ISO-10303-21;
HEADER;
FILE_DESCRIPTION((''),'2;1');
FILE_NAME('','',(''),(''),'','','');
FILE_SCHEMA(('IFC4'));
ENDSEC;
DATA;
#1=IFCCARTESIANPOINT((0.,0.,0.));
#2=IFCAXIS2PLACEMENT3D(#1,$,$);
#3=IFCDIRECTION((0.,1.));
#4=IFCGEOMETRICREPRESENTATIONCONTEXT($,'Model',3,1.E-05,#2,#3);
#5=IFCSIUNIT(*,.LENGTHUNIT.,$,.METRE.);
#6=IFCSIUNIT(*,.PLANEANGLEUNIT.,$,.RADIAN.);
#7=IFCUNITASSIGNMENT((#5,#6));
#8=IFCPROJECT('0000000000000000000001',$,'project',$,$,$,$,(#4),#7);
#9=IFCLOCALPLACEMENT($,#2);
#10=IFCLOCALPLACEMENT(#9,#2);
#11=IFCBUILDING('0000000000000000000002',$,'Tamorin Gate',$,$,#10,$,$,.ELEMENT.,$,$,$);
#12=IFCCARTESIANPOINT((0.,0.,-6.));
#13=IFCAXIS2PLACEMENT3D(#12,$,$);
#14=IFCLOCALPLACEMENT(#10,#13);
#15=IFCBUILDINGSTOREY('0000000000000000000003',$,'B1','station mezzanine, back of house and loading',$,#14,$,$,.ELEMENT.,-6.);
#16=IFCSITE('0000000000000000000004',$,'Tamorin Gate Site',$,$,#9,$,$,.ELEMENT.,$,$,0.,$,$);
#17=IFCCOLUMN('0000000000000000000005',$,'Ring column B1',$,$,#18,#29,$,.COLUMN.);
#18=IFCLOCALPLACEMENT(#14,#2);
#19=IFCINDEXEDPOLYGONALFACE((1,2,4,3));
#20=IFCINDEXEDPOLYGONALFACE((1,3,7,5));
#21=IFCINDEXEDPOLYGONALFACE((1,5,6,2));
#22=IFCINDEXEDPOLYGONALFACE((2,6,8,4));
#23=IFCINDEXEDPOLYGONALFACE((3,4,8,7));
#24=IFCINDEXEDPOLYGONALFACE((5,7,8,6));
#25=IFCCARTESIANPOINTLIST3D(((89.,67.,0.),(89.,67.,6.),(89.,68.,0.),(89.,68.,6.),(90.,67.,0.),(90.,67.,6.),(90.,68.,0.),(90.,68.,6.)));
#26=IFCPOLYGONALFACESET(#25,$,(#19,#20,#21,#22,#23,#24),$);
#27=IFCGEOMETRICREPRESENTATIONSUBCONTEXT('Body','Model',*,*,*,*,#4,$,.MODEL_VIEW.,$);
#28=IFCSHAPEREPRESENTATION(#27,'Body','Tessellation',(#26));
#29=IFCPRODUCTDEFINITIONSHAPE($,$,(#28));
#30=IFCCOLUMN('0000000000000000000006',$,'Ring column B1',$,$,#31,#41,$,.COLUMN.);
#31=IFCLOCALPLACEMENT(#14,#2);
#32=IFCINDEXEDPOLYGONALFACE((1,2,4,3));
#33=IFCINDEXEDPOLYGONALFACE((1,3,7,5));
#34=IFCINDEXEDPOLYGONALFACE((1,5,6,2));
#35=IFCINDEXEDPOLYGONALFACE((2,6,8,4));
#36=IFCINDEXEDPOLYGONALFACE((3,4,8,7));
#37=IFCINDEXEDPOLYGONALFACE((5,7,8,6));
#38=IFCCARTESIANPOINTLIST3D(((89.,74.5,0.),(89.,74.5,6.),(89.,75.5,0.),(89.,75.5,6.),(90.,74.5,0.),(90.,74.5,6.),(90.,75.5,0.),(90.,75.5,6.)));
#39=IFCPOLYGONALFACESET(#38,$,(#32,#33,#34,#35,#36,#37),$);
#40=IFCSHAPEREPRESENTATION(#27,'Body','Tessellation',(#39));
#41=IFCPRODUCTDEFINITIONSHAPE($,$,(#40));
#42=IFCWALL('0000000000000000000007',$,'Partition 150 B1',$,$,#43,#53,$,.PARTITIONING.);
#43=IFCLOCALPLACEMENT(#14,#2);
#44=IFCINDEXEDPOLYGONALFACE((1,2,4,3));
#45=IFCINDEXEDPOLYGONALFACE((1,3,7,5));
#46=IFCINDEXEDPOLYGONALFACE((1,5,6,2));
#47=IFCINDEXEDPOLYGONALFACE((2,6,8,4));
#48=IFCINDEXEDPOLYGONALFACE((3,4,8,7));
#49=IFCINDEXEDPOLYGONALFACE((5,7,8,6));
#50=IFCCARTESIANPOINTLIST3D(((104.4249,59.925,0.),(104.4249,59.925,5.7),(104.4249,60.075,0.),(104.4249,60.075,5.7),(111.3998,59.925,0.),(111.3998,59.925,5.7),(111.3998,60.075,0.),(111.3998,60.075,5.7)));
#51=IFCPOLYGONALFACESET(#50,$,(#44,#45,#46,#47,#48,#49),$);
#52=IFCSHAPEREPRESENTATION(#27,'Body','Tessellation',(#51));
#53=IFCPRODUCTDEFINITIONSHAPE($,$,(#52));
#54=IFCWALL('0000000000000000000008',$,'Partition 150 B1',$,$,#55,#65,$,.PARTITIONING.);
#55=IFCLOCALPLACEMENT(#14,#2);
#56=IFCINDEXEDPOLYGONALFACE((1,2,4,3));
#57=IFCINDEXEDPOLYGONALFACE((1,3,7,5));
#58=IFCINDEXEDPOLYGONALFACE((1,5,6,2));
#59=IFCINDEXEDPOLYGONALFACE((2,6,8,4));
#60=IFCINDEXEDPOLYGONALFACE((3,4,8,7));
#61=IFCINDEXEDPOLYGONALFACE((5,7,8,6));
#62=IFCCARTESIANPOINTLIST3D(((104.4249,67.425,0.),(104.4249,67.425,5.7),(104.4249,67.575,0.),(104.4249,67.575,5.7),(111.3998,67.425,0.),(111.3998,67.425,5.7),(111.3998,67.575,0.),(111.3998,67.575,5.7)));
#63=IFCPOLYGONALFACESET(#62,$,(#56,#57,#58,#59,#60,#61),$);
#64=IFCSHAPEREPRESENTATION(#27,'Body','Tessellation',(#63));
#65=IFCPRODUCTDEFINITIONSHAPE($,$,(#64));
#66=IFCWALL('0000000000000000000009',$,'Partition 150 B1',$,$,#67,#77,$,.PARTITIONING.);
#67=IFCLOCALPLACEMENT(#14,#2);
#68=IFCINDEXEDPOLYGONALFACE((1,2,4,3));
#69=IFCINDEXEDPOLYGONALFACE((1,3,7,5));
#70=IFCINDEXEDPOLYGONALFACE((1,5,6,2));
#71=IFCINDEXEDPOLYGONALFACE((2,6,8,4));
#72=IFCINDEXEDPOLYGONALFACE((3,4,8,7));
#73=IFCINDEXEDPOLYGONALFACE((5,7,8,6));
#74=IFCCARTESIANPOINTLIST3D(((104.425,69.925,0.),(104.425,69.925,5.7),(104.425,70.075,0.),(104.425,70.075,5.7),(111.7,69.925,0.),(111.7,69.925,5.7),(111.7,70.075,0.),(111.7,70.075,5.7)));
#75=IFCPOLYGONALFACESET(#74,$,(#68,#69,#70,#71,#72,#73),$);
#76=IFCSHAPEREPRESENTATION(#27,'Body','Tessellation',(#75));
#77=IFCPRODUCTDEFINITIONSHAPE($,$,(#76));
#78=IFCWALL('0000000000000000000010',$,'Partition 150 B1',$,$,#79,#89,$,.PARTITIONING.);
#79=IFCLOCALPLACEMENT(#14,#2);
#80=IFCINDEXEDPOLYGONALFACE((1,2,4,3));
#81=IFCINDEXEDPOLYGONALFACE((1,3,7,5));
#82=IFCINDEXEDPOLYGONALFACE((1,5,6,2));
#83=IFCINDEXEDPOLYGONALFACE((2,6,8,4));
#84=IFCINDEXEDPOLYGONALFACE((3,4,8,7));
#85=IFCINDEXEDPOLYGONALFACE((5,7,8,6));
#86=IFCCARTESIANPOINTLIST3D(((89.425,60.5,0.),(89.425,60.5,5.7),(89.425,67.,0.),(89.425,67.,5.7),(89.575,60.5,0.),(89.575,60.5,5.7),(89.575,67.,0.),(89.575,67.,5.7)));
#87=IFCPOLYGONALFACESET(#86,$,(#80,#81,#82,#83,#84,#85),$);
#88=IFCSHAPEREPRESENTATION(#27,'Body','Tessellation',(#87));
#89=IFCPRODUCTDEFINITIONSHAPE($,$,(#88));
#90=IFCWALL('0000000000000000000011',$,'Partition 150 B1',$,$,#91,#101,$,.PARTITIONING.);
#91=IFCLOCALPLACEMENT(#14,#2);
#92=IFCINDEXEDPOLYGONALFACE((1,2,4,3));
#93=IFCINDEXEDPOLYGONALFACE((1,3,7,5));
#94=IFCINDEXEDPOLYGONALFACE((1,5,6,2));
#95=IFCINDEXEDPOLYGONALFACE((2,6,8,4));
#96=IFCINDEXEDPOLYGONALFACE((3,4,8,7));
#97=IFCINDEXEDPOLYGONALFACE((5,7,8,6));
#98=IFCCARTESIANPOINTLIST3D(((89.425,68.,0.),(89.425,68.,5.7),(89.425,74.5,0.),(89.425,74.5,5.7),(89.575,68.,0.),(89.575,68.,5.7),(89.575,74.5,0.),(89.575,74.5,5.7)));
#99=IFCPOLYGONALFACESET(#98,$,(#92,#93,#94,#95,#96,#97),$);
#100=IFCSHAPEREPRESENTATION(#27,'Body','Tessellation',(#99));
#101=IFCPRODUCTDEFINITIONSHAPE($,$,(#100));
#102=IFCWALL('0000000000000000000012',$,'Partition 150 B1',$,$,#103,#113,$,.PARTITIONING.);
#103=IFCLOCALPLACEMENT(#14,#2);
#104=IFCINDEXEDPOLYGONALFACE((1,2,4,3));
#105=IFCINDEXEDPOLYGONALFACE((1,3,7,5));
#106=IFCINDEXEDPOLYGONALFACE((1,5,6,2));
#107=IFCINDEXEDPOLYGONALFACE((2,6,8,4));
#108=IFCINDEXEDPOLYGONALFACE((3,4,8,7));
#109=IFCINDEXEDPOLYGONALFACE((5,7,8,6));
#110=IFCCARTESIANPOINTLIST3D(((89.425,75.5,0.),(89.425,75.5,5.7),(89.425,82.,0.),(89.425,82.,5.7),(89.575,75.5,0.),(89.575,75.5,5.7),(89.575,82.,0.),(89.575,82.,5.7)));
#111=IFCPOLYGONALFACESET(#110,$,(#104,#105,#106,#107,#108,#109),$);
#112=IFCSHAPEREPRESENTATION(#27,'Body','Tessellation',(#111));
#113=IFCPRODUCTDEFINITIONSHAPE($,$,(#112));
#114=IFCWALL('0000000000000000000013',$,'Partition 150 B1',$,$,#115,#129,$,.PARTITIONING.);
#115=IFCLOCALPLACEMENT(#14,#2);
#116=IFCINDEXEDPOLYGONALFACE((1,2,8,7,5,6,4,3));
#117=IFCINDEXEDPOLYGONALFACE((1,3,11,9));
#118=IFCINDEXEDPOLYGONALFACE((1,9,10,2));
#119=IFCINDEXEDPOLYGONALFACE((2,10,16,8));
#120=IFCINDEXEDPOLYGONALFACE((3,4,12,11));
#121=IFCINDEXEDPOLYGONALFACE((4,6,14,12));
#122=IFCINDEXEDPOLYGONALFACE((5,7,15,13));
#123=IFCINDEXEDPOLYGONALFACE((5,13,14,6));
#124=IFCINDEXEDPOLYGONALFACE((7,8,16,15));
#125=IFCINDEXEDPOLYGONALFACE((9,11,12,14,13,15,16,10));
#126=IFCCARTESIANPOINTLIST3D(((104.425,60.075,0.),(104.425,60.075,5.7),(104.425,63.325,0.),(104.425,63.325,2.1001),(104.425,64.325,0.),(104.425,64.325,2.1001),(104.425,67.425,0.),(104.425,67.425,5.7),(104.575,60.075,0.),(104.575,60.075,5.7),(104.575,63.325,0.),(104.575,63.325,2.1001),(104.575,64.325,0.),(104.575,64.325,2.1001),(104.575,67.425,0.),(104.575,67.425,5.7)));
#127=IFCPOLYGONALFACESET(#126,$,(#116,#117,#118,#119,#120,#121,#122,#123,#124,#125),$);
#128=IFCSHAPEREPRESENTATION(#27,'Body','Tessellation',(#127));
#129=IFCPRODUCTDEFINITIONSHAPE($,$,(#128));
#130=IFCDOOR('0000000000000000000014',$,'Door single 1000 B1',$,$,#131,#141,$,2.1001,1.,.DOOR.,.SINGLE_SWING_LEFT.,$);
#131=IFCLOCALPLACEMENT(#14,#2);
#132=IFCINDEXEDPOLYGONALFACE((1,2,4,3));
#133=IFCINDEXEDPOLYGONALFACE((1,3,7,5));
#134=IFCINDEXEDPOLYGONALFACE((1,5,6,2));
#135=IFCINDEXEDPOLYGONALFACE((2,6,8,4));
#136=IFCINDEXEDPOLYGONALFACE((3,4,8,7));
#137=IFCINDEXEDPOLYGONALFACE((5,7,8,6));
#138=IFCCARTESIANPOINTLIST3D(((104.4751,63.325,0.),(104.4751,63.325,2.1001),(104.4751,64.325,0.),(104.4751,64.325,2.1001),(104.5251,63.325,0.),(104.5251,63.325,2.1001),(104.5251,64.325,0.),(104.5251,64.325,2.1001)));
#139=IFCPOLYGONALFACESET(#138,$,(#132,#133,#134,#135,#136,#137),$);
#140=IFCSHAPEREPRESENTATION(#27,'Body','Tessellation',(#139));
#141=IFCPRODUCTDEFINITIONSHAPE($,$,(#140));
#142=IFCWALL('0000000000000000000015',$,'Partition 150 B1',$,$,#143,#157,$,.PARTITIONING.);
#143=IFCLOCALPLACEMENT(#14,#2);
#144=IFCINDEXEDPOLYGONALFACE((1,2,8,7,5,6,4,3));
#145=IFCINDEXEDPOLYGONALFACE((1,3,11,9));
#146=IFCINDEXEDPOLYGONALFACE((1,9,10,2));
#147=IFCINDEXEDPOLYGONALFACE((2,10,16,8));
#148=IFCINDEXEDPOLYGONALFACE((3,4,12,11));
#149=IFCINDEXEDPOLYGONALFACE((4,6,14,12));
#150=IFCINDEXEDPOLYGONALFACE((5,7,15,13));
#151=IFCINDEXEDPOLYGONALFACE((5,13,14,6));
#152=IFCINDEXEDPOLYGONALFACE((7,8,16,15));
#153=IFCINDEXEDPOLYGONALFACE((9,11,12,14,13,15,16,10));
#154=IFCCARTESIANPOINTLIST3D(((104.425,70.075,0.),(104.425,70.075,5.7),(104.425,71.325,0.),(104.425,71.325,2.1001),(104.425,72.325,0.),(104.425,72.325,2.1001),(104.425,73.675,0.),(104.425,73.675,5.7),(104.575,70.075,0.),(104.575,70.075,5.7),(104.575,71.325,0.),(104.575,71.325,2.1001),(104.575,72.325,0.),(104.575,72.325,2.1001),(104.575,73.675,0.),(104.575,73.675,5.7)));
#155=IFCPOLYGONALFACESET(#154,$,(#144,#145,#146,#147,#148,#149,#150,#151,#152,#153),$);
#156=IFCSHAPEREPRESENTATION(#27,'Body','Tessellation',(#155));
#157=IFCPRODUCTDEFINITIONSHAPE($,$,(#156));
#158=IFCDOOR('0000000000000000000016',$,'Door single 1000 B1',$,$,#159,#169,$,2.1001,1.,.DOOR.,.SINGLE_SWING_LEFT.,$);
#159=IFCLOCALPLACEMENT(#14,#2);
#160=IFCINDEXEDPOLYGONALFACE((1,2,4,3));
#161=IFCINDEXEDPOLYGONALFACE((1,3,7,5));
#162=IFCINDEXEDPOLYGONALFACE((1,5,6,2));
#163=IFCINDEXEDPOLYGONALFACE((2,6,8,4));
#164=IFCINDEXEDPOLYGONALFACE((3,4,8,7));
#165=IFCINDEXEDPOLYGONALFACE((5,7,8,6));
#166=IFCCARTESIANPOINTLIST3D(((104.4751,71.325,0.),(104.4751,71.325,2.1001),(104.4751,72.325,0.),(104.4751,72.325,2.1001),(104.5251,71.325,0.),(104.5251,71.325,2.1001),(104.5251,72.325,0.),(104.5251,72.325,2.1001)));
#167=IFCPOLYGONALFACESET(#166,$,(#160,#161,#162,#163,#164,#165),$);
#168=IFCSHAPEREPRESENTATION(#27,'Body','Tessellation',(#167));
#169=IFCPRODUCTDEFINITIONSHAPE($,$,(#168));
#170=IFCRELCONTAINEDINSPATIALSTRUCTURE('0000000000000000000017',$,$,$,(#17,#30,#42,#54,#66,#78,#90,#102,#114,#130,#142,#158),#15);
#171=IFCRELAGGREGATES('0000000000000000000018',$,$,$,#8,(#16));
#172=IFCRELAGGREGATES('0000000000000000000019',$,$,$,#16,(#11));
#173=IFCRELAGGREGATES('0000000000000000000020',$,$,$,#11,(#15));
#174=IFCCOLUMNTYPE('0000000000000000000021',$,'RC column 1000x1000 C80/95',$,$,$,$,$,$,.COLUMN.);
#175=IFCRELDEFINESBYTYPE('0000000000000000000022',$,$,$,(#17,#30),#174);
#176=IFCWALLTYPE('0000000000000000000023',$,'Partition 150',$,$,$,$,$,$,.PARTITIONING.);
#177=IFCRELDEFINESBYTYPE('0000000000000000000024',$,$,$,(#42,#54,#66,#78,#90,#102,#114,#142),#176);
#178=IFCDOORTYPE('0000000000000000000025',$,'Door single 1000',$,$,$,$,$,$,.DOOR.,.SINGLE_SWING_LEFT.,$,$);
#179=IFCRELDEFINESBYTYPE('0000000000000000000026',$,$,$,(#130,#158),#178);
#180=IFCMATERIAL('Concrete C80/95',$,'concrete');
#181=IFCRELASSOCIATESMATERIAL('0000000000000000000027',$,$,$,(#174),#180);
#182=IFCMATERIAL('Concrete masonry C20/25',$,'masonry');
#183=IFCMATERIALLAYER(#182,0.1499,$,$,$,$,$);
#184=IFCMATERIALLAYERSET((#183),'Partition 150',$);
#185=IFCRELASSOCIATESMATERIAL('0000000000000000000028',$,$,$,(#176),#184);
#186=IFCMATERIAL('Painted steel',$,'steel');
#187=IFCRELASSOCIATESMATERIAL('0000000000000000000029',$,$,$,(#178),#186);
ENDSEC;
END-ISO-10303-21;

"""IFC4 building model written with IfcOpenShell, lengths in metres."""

from ifc_helpers import new_model, si_unit, direction, frame, frame_2d, origin, origin_2d, place, context, subcontext, project, spatial, rectangle, extrude, material, layer, layer_set, material_profile, profile_set, type_object, element, fill, save


model = new_model("IFC4")

# Units and contexts
model_context = context("Model", 3, precision=1e-05, world=origin(), true_north=direction((0.0, 1.0)))
body_context = subcontext(model_context, "Body", "Model", "MODEL_VIEW")
ifc_project = project(units=[si_unit("LENGTHUNIT", "METRE"), si_unit("PLANEANGLEUNIT", "RADIAN")], contexts=[model_context])

# Site, building, storey
site_placement = place(None, origin())
site = spatial("IfcSite", under=ifc_project, at=site_placement, Name="Tamorin Gate Site", CompositionType="ELEMENT", RefElevation=0.0)
building_placement = place(site_placement, origin())
building = spatial("IfcBuilding", under=site, at=building_placement, Name="Tamorin Gate", CompositionType="ELEMENT")
storey_placement = place(building_placement, frame((0.0, 0.0, -6.0)))
storey = spatial("IfcBuildingStorey", under=building, at=storey_placement, Name="B1", Description="station mezzanine, back of house and loading", CompositionType="ELEMENT", Elevation=-6.0)

# Columns
ifc_material_1 = material(Name="Concrete C80/95", Category="concrete")
ifc_material_profile = material_profile(ifc_material_1, rectangle(XDim=1.0, YDim=1.0, at=origin_2d()), Name="RC 1000x1000")
ifc_profile_set = profile_set([ifc_material_profile], Name="Concrete C80/95")
column_type = type_object("IfcColumnType", Name="RC column 1000x1000 C80/95", PredefinedType="COLUMN", material=ifc_profile_set)
for number, where, z_axis, x_axis, name in (
    (1, (89.5, 67.5, 0.0), (0.0, 0.0, 1.0), (1.0, 0.0, 0.0), "Ring column B1"),
    (2, (89.5, 75.0, 0.0), (0.0, 0.0, 1.0), (1.0, 0.0, 0.0), "Ring column B1"),
):
    element("IfcColumn", number, at=place(storey_placement, frame(where, z_axis=z_axis, x_axis=x_axis)), inside=storey, type_object=column_type, Name=name, PredefinedType="COLUMN", context=body_context, shape_type="SweptSolid", body=[
        extrude(rectangle(XDim=1.0, YDim=1.0, at=origin_2d()), origin(), (0.0, 0.0, 1.0), 6.0),
    ])

# Walls
ifc_material_2 = material(Name="Concrete masonry C20/25", Category="masonry")
ifc_layer = layer(ifc_material_2, 0.1499)
ifc_layer_set = layer_set([ifc_layer], Name="Partition 150")
wall_type = type_object("IfcWallType", Name="Partition 150", PredefinedType="PARTITIONING", material=ifc_layer_set)
for number, where, z_axis, x_axis, name in (
    (3, (104.425, 60.0, 0.0), (0.0, 0.0, 1.0), (1.0, 0.0, 0.0), "Partition 150 B1"),
    (4, (104.425, 67.5, 0.0), (0.0, 0.0, 1.0), (1.0, 0.0, 0.0), "Partition 150 B1"),
):
    element("IfcWall", number, at=place(storey_placement, frame(where, z_axis=z_axis, x_axis=x_axis)), inside=storey, type_object=wall_type, Name=name, PredefinedType="PARTITIONING", context=body_context, shape_type="SweptSolid", body=[
        extrude(rectangle(XDim=6.9749, YDim=0.1499, at=frame_2d((3.4873, 0.0))), origin(), (0.0, 0.0, 1.0), 5.7),
    ])
wall_1_placement = place(storey_placement, frame((104.425, 70.0, 0.0), z_axis=(0.0, 0.0, 1.0), x_axis=(1.0, 0.0, 0.0)))
element("IfcWall", 5, at=wall_1_placement, inside=storey, type_object=wall_type, Name="Partition 150 B1", PredefinedType="PARTITIONING", context=body_context, shape_type="SweptSolid", body=[
    extrude(rectangle(XDim=7.2749, YDim=0.1499, at=frame_2d((3.6375, 0.0))), origin(), (0.0, 0.0, 1.0), 5.7),
])
for number, where, z_axis, x_axis, name in (
    (6, (89.5, 60.5, 0.0), (0.0, 0.0, 1.0), (0.0, 1.0, 0.0), "Partition 150 B1"),
    (7, (89.5, 68.0, 0.0), (0.0, 0.0, 1.0), (0.0, 1.0, 0.0), "Partition 150 B1"),
    (8, (89.5, 75.5, 0.0), (0.0, 0.0, 1.0), (0.0, 1.0, 0.0), "Partition 150 B1"),
):
    element("IfcWall", number, at=place(storey_placement, frame(where, z_axis=z_axis, x_axis=x_axis)), inside=storey, type_object=wall_type, Name=name, PredefinedType="PARTITIONING", context=body_context, shape_type="SweptSolid", body=[
        extrude(rectangle(XDim=6.5, YDim=0.1499, at=frame_2d((3.25, 0.0))), origin(), (0.0, 0.0, 1.0), 5.7),
    ])

# Walls, openings, doors
wall_2_placement = place(storey_placement, frame((104.5, 60.075, 0.0), z_axis=(0.0, 0.0, 1.0), x_axis=(0.0, 1.0, 0.0)))
wall_2 = element("IfcWall", 9, at=wall_2_placement, inside=storey, type_object=wall_type, Name="Partition 150 B1", PredefinedType="PARTITIONING", context=body_context, shape_type="SweptSolid", body=[
    extrude(rectangle(XDim=7.3501, YDim=0.1499, at=frame_2d((3.675, 0.0))), origin(), (0.0, 0.0, 1.0), 5.7),
])
opening_1_placement = place(wall_2_placement, frame((3.25, 0.0, 0.0)))
opening_1 = element("IfcOpeningElement", 10, at=opening_1_placement, cuts=wall_2, PredefinedType="OPENING", context=body_context, shape_type="SweptSolid", body=[
    extrude(rectangle(XDim=1.0, YDim=2.1001, at=frame_2d((0.5, 1.05))), frame((0.0, 0.085, 0.0), z_axis=(0.0, -1.0, 0.0), x_axis=(1.0, 0.0, 0.0)), (0.0, 0.0, 1.0), 0.1699),
])
ifc_material_3 = material(Name="Painted steel", Category="steel")
door_type = type_object("IfcDoorType", Name="Door single 1000", OperationType="SINGLE_SWING_LEFT", PredefinedType="DOOR", material=ifc_material_3)
door_1_placement = place(opening_1_placement, origin())
door_1 = element("IfcDoor", 11, at=door_1_placement, inside=storey, type_object=door_type, Name="Door single 1000 B1", OperationType="SINGLE_SWING_LEFT", OverallHeight=2.1001, OverallWidth=1.0, PredefinedType="DOOR", context=body_context, shape_type="SweptSolid", body=[
    extrude(rectangle(XDim=1.0, YDim=2.1001, at=frame_2d((0.5, 1.05))), frame((0.0, 0.0249, 0.0), z_axis=(0.0, -1.0, 0.0), x_axis=(1.0, 0.0, 0.0)), (0.0, 0.0, 1.0), 0.05),
])
fill(opening_1, door_1)
wall_3_placement = place(storey_placement, frame((104.5, 70.075, 0.0), z_axis=(0.0, 0.0, 1.0), x_axis=(0.0, 1.0, 0.0)))
wall_3 = element("IfcWall", 12, at=wall_3_placement, inside=storey, type_object=wall_type, Name="Partition 150 B1", PredefinedType="PARTITIONING", context=body_context, shape_type="SweptSolid", body=[
    extrude(rectangle(XDim=3.6001, YDim=0.1499, at=frame_2d((1.8, 0.0))), origin(), (0.0, 0.0, 1.0), 5.7),
])
opening_2_placement = place(wall_3_placement, frame((1.25, 0.0, 0.0)))
opening_2 = element("IfcOpeningElement", 13, at=opening_2_placement, cuts=wall_3, PredefinedType="OPENING", context=body_context, shape_type="SweptSolid", body=[
    extrude(rectangle(XDim=1.0, YDim=2.1001, at=frame_2d((0.5, 1.05))), frame((0.0, 0.085, 0.0), z_axis=(0.0, -1.0, 0.0), x_axis=(1.0, 0.0, 0.0)), (0.0, 0.0, 1.0), 0.1699),
])
door_2_placement = place(opening_2_placement, origin())
door_2 = element("IfcDoor", 14, at=door_2_placement, inside=storey, type_object=door_type, Name="Door single 1000 B1", OperationType="SINGLE_SWING_LEFT", OverallHeight=2.1001, OverallWidth=1.0, PredefinedType="DOOR", context=body_context, shape_type="SweptSolid", body=[
    extrude(rectangle(XDim=1.0, YDim=2.1001, at=frame_2d((0.5, 1.05))), frame((0.0, 0.0249, 0.0), z_axis=(0.0, -1.0, 0.0), x_axis=(1.0, 0.0, 0.0)), (0.0, 0.0, 1.0), 0.05),
])
fill(opening_2, door_2)

save(model, "model.ifc")
